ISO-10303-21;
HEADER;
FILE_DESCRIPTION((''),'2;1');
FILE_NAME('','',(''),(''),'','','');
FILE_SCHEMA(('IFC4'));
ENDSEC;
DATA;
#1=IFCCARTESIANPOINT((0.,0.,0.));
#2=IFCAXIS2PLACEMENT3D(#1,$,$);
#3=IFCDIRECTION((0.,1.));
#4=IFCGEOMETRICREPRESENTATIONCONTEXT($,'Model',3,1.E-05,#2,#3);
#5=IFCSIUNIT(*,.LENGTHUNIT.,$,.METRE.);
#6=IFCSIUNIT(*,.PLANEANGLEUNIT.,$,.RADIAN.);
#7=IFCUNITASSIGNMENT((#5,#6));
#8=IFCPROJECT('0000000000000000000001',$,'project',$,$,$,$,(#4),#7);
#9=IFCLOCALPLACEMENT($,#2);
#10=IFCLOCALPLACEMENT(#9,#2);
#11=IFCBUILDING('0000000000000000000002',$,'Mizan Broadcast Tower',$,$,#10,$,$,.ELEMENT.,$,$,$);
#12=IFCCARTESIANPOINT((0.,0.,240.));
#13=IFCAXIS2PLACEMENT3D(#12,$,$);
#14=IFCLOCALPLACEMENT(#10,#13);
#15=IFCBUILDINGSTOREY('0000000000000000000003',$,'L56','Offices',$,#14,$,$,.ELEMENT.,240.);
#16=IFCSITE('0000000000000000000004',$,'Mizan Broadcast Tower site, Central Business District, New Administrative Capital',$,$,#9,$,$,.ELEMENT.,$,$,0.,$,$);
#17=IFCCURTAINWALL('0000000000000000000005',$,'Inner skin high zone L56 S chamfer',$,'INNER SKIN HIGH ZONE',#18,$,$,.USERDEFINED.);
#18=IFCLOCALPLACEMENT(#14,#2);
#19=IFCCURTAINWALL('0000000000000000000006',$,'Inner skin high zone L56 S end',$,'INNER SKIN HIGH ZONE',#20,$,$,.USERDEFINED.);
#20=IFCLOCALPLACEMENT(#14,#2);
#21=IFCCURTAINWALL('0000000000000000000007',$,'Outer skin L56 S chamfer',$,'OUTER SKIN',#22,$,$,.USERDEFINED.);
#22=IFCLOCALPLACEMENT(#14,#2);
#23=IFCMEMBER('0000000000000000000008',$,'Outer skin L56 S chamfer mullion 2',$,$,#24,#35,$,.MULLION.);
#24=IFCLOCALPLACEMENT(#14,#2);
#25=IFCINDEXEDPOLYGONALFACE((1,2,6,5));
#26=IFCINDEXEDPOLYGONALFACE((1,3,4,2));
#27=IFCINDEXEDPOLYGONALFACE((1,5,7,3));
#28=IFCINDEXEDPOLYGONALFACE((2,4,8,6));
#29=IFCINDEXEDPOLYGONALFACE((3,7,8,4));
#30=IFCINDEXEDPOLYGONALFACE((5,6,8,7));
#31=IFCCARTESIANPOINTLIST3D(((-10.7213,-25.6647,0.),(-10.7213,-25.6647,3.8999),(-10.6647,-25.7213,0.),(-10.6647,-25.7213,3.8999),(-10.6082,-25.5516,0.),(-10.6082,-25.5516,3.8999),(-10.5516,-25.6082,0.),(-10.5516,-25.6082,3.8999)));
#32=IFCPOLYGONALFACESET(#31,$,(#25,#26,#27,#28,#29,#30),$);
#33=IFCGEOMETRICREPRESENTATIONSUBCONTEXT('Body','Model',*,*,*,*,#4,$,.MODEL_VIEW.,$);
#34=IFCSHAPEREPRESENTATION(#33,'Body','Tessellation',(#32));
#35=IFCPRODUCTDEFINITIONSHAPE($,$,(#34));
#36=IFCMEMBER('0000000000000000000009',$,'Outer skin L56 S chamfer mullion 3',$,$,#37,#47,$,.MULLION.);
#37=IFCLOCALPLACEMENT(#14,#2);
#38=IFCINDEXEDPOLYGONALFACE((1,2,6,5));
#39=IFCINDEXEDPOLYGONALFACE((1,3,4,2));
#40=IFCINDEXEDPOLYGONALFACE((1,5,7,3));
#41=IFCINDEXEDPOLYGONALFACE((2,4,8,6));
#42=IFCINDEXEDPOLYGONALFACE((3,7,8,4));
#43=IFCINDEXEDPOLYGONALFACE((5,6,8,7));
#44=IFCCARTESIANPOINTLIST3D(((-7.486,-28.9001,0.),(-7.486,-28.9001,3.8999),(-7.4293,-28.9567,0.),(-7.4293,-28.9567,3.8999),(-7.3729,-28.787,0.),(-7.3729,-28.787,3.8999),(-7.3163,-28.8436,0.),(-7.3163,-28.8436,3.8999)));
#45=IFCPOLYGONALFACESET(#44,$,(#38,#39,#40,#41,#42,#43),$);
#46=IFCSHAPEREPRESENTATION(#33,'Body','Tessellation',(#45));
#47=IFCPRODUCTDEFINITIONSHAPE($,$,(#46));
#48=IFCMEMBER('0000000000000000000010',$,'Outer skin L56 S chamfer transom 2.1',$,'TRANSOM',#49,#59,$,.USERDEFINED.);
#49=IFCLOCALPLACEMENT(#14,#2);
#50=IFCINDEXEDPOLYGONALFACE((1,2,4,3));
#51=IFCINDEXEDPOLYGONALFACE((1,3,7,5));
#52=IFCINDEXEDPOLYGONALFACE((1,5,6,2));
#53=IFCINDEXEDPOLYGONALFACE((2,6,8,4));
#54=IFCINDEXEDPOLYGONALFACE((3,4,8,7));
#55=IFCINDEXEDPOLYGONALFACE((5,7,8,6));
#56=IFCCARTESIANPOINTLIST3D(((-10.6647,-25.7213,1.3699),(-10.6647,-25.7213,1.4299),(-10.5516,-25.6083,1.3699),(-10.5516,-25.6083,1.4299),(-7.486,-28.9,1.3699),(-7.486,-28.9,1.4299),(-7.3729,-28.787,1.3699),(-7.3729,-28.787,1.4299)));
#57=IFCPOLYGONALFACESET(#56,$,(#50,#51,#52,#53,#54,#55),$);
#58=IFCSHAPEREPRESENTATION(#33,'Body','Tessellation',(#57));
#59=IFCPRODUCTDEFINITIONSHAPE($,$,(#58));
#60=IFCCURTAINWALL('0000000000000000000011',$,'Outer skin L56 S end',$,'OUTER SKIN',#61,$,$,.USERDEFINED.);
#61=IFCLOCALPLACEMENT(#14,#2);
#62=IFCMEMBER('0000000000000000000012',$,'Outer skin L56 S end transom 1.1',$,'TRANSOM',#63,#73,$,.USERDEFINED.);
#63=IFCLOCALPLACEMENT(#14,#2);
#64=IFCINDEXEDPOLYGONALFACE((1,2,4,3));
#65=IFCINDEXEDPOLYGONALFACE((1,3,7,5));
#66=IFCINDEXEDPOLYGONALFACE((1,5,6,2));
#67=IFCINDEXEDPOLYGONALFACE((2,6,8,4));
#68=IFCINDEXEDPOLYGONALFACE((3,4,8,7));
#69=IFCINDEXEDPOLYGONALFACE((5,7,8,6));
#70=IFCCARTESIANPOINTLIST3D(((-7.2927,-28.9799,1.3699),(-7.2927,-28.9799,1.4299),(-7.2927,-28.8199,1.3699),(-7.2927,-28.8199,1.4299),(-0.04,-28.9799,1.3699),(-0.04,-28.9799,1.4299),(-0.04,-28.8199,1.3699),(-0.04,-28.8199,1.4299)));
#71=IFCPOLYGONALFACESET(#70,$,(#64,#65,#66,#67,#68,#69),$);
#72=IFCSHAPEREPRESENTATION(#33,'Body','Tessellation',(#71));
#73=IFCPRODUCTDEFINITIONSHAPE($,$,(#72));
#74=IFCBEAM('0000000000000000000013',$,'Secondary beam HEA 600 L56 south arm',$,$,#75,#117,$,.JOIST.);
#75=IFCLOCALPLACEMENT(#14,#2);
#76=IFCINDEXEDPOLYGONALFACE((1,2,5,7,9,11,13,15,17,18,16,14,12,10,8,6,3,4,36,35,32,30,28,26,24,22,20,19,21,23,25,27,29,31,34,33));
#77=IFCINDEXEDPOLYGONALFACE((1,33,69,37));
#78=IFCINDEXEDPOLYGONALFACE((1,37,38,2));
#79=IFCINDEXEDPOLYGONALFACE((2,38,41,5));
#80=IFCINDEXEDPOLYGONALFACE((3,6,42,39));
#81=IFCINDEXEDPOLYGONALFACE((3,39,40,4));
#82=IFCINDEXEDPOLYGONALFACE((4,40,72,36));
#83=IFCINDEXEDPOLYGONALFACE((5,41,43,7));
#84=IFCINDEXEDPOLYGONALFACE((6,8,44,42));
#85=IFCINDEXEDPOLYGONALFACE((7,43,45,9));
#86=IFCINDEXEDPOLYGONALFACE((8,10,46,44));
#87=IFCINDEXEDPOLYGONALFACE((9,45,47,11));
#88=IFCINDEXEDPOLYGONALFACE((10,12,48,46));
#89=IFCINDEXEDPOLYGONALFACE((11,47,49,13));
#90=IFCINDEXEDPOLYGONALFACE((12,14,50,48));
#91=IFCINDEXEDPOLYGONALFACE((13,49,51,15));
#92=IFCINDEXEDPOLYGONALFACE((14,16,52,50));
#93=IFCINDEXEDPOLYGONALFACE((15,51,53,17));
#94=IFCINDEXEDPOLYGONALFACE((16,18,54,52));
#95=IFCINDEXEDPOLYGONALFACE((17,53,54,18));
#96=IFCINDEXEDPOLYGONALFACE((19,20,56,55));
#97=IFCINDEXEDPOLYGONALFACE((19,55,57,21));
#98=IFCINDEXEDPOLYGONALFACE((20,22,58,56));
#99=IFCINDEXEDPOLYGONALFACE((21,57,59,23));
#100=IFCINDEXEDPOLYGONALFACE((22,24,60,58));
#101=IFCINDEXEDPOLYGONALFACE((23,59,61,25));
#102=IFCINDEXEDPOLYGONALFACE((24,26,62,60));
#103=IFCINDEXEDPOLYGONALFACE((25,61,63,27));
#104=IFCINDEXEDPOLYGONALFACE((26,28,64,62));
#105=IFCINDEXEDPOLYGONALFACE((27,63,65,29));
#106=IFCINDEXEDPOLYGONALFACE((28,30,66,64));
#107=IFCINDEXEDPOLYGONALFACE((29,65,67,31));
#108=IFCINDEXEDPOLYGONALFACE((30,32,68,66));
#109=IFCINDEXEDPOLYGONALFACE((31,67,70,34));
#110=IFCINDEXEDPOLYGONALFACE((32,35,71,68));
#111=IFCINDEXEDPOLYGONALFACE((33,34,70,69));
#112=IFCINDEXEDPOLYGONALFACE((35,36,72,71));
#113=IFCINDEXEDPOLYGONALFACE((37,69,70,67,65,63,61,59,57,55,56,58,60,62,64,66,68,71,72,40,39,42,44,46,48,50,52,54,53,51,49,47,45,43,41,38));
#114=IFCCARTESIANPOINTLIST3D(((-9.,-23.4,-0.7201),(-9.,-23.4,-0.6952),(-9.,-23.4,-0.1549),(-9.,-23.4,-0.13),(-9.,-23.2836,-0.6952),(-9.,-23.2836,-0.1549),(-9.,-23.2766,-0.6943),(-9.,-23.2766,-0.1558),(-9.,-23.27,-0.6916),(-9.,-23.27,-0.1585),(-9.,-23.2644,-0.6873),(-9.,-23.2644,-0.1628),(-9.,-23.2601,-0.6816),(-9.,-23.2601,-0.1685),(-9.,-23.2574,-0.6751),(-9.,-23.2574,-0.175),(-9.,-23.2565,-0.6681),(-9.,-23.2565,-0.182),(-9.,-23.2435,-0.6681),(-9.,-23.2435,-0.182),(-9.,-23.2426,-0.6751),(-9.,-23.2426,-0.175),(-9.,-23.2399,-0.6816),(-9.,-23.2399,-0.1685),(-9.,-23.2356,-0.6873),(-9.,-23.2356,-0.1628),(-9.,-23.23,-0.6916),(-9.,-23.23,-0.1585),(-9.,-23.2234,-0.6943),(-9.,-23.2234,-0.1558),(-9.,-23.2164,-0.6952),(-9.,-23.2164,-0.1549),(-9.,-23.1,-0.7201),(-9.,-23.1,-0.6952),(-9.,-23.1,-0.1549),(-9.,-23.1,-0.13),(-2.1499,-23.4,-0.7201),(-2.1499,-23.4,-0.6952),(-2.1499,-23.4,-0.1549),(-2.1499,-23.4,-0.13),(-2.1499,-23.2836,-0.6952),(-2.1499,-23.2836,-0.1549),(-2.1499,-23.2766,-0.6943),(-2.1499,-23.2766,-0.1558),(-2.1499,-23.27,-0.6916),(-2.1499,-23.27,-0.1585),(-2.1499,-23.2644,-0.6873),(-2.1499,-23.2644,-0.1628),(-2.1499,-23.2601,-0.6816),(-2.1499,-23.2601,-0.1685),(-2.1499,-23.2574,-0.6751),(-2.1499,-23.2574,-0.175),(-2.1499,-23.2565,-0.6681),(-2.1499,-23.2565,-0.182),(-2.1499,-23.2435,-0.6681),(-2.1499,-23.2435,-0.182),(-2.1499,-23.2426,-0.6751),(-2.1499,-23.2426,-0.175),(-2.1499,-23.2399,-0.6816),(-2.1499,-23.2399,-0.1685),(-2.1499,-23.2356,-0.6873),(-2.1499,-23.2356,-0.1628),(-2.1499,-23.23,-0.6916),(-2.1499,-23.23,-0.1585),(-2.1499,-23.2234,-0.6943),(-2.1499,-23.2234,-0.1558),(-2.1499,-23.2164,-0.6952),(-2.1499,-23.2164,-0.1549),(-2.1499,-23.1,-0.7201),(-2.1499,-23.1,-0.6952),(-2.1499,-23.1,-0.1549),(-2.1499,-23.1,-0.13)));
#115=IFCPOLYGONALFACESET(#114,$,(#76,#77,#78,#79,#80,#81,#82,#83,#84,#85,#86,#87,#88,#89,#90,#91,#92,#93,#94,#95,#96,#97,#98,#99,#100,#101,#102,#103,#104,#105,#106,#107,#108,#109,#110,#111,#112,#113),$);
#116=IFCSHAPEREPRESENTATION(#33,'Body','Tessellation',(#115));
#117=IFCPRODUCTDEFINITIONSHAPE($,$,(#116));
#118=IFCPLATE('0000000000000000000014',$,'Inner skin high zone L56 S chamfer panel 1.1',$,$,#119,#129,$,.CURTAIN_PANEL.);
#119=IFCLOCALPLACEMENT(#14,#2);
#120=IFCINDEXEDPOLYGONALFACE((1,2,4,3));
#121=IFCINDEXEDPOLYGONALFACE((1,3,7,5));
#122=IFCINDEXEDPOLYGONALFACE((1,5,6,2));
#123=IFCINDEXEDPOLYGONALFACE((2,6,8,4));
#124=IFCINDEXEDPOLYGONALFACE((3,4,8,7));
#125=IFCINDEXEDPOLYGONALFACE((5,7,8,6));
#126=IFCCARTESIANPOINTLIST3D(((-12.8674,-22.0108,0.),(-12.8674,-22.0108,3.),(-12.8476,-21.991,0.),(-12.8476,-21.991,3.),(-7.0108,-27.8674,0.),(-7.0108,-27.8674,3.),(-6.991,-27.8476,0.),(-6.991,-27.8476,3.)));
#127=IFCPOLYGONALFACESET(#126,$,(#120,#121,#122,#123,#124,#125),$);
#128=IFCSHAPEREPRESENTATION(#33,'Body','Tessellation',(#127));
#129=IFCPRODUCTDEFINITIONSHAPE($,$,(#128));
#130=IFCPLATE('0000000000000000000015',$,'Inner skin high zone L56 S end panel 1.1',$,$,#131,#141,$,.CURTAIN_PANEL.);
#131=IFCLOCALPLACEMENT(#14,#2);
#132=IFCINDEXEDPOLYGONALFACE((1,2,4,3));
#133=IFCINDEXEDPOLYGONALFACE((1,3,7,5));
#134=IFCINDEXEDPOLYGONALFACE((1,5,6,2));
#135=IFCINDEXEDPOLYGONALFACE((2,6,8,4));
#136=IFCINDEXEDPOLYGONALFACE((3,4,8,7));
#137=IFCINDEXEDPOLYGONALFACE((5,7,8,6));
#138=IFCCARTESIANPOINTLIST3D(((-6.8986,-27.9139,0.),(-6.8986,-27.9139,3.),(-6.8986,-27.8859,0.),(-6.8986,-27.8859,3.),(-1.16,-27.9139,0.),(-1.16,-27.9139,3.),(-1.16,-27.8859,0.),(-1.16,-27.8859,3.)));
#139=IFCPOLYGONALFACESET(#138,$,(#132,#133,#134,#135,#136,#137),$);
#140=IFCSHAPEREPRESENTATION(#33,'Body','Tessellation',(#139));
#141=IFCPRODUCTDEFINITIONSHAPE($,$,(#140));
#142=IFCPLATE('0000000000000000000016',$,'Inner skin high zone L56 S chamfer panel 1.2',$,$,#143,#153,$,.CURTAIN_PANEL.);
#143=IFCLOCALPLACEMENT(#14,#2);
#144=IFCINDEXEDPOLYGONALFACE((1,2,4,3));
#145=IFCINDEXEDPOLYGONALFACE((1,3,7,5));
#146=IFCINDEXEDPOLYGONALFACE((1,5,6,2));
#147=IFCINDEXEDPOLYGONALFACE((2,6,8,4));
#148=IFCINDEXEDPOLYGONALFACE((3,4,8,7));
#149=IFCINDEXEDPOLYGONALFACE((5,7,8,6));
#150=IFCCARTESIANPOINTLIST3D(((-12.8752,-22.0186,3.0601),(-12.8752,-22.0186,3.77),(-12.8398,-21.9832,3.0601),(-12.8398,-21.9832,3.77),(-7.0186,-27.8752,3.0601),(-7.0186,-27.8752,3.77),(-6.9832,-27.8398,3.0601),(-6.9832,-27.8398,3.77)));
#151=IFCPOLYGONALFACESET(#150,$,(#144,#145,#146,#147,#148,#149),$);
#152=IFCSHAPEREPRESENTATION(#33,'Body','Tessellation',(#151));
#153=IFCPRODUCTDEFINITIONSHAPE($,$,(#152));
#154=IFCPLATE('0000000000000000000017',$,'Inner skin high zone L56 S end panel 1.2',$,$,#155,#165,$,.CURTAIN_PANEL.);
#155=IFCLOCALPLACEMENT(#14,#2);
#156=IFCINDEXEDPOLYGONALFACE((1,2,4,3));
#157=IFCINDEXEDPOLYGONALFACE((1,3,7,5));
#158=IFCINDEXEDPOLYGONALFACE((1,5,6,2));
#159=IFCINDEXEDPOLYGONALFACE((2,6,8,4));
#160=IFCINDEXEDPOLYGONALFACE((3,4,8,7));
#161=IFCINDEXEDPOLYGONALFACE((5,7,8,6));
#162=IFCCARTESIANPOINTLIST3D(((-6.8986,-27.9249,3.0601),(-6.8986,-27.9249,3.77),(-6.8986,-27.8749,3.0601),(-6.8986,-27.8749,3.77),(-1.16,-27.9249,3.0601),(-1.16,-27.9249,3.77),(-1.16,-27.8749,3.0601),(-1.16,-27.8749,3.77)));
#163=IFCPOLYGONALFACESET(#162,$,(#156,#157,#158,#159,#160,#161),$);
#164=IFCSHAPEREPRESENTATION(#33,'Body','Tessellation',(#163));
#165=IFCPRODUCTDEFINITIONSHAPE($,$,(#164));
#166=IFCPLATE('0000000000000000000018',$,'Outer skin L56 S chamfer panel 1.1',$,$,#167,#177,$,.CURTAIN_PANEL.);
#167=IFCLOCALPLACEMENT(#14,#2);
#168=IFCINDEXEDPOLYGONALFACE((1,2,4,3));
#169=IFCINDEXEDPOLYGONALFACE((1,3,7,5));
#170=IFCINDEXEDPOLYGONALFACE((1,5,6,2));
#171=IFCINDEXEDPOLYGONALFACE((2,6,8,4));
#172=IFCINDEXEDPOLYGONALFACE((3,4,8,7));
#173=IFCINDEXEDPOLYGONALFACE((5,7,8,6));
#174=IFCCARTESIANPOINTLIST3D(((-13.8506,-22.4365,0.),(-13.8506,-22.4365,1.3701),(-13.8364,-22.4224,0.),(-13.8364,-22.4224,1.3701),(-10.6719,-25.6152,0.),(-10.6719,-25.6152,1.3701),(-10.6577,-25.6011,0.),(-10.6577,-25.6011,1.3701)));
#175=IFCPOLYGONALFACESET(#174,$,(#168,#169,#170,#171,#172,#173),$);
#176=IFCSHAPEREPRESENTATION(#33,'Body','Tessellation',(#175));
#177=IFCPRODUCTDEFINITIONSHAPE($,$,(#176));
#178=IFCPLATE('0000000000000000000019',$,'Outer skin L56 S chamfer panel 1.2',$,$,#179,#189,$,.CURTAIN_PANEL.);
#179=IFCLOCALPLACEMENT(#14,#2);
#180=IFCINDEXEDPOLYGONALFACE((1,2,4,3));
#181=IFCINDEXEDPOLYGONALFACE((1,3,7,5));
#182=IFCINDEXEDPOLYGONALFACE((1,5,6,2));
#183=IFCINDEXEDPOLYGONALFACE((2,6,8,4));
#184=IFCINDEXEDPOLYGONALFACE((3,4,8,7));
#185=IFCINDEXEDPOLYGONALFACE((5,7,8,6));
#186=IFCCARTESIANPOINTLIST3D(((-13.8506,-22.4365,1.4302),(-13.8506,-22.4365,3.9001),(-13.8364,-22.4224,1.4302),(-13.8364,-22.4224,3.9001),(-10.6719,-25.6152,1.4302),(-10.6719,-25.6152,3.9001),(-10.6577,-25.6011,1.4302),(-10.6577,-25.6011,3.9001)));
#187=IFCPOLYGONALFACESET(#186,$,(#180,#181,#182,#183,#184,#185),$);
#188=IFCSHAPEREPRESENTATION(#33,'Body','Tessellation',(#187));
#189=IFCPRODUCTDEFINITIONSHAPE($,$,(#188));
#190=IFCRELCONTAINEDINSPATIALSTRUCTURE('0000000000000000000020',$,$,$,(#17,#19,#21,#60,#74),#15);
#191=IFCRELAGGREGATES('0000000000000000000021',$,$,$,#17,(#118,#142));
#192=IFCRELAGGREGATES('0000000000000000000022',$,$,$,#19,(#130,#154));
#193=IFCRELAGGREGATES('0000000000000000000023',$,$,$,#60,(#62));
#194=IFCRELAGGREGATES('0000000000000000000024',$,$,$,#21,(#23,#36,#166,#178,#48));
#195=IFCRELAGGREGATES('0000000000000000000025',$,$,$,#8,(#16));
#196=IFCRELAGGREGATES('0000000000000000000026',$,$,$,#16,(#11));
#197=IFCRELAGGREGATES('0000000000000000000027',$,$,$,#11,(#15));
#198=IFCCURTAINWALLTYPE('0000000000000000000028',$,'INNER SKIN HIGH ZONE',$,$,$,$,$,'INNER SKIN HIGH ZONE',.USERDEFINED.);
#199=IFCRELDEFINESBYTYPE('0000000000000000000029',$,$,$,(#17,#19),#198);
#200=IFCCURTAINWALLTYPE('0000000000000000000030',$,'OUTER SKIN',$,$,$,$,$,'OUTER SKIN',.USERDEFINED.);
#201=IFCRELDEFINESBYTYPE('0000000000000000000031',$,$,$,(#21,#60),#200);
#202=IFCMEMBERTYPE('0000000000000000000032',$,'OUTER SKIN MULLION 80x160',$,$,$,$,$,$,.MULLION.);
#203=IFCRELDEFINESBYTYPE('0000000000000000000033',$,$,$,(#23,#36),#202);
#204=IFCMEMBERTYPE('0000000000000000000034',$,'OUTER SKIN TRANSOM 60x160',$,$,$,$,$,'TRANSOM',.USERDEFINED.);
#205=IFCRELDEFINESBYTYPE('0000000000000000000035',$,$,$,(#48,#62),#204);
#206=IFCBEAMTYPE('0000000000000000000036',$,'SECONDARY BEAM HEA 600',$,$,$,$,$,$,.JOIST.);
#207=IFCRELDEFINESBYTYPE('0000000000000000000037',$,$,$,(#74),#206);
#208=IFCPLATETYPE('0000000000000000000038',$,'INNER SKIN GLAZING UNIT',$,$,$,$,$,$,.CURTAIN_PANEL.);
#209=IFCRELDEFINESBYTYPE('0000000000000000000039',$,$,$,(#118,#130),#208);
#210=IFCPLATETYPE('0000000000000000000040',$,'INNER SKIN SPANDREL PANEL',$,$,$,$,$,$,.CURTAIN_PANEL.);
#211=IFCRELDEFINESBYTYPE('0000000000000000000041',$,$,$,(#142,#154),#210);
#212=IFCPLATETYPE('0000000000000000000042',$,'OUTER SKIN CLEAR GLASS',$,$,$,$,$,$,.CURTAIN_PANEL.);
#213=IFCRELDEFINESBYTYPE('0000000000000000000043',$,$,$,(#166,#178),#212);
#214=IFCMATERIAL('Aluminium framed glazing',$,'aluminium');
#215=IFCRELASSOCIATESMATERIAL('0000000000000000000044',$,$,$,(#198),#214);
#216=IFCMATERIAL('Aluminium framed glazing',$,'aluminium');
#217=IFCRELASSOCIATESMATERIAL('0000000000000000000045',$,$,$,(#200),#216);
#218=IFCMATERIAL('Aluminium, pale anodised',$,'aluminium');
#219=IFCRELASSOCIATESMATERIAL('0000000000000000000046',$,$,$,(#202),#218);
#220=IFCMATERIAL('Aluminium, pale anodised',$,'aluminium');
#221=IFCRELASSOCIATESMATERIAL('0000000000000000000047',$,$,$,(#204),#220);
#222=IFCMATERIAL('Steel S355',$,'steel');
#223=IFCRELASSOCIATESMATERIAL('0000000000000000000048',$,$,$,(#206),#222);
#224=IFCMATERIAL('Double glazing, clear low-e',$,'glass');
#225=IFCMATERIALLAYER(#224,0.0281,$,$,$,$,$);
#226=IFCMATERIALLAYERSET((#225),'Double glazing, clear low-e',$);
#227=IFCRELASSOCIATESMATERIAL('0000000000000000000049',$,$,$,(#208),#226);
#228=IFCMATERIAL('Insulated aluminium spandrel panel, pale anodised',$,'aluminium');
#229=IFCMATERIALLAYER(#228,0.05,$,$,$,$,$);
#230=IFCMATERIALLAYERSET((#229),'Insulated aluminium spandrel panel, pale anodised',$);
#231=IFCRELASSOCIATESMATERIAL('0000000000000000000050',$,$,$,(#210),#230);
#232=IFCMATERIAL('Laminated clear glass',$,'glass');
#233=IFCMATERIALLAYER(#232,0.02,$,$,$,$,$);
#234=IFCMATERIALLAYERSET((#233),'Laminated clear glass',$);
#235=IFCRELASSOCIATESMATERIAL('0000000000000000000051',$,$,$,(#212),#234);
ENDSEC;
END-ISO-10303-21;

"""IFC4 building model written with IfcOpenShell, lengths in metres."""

from ifc_helpers import new_model, si_unit, direction, frame, origin, origin_2d, place, context, subcontext, project, spatial, rectangle, i_section, extrude, material, layer, layer_set, material_profile, profile_set, type_object, element, aggregate, save


model = new_model("IFC4")

# Units and contexts
model_context = context("Model", 3, precision=1e-05, world=origin(), true_north=direction((0.0, 1.0)))
body_context = subcontext(model_context, "Body", "Model", "MODEL_VIEW")
ifc_project = project(units=[si_unit("LENGTHUNIT", "METRE"), si_unit("PLANEANGLEUNIT", "RADIAN")], contexts=[model_context])

# Site, building, storey
site_placement = place(None, origin())
site = spatial("IfcSite", under=ifc_project, at=site_placement, Name="Mizan Broadcast Tower site, Central Business District, New Administrative Capital", CompositionType="ELEMENT", RefElevation=0.0)
building_placement = place(site_placement, origin())
building = spatial("IfcBuilding", under=site, at=building_placement, Name="Mizan Broadcast Tower", CompositionType="ELEMENT")
storey_placement = place(building_placement, frame((0.0, 0.0, 240.0)))
storey = spatial("IfcBuildingStorey", under=building, at=storey_placement, Name="L56", Description="Offices", CompositionType="ELEMENT", Elevation=240.0)

# Curtain walls
ifc_material_1 = material(Name="Aluminium framed glazing", Category="aluminium")
curtain_wall_type_1 = type_object("IfcCurtainWallType", Name="INNER SKIN HIGH ZONE", ElementType="INNER SKIN HIGH ZONE", PredefinedType="USERDEFINED", material=ifc_material_1)
curtain_wall_1_placement = place(storey_placement, origin())
curtain_wall_1 = element("IfcCurtainWall", 1, at=curtain_wall_1_placement, inside=storey, type_object=curtain_wall_type_1, Name="Inner skin high zone L56 S chamfer", ObjectType="INNER SKIN HIGH ZONE", PredefinedType="USERDEFINED")
curtain_wall_2_placement = place(storey_placement, origin())
curtain_wall_2 = element("IfcCurtainWall", 2, at=curtain_wall_2_placement, inside=storey, type_object=curtain_wall_type_1, Name="Inner skin high zone L56 S end", ObjectType="INNER SKIN HIGH ZONE", PredefinedType="USERDEFINED")

# Curtain wall, members
ifc_material_2 = material(Name="Aluminium framed glazing", Category="aluminium")
curtain_wall_type_2 = type_object("IfcCurtainWallType", Name="OUTER SKIN", ElementType="OUTER SKIN", PredefinedType="USERDEFINED", material=ifc_material_2)
curtain_wall_3_placement = place(storey_placement, origin())
curtain_wall_3 = element("IfcCurtainWall", 3, at=curtain_wall_3_placement, inside=storey, type_object=curtain_wall_type_2, Name="Outer skin L56 S chamfer", ObjectType="OUTER SKIN", PredefinedType="USERDEFINED")
ifc_material_3 = material(Name="Aluminium, pale anodised", Category="aluminium")
ifc_material_profile_1 = material_profile(ifc_material_3, rectangle(XDim=0.1599, YDim=0.0801, at=origin_2d()), Name="MULLION 160x80")
ifc_profile_set_1 = profile_set([ifc_material_profile_1], Name="Aluminium, pale anodised")
member_type_1 = type_object("IfcMemberType", Name="OUTER SKIN MULLION 80x160", PredefinedType="MULLION", material=ifc_profile_set_1)
member_1_placement = place(storey_placement, frame((-10.6365, -25.6365, 0.0), z_axis=(0.0, 0.0, 1.0), x_axis=(0.707107, 0.707107, 0.0)))
member_1 = element("IfcMember", 4, at=member_1_placement, type_object=member_type_1, Name="Outer skin L56 S chamfer mullion 2", PredefinedType="MULLION", context=body_context, shape_type="SweptSolid", body=[
    extrude(rectangle(XDim=0.1599, YDim=0.0801, at=origin_2d()), origin(), (0.0, 0.0, 1.0), 3.8999),
])
member_2_placement = place(storey_placement, frame((-7.4011, -28.8718, 0.0), z_axis=(0.0, 0.0, 1.0), x_axis=(0.707107, 0.707107, 0.0)))
member_2 = element("IfcMember", 5, at=member_2_placement, type_object=member_type_1, Name="Outer skin L56 S chamfer mullion 3", PredefinedType="MULLION", context=body_context, shape_type="SweptSolid", body=[
    extrude(rectangle(XDim=0.1599, YDim=0.0801, at=origin_2d()), origin(), (0.0, 0.0, 1.0), 3.8999),
])
ifc_material_4 = material(Name="Aluminium, pale anodised", Category="aluminium")
ifc_material_profile_2 = material_profile(ifc_material_4, rectangle(XDim=0.1599, YDim=0.0601, at=origin_2d()), Name="TRANSOM 160x60")
ifc_profile_set_2 = profile_set([ifc_material_profile_2], Name="Aluminium, pale anodised")
member_type_2 = type_object("IfcMemberType", Name="OUTER SKIN TRANSOM 60x160", ElementType="TRANSOM", PredefinedType="USERDEFINED", material=ifc_profile_set_2)
member_3_placement = place(storey_placement, frame((-10.6082, -25.6648, 1.3999), z_axis=(0.707107, -0.707107, 0.0), x_axis=(0.707107, 0.707107, 0.0)))
member_3 = element("IfcMember", 6, at=member_3_placement, type_object=member_type_2, Name="Outer skin L56 S chamfer transom 2.1", ObjectType="TRANSOM", PredefinedType="USERDEFINED", context=body_context, shape_type="SweptSolid", body=[
    extrude(rectangle(XDim=0.1599, YDim=0.0601, at=origin_2d()), origin(), (0.0, 0.0, 1.0), 4.4954),
])

# Curtain wall, member
curtain_wall_4_placement = place(storey_placement, origin())
curtain_wall_4 = element("IfcCurtainWall", 7, at=curtain_wall_4_placement, inside=storey, type_object=curtain_wall_type_2, Name="Outer skin L56 S end", ObjectType="OUTER SKIN", PredefinedType="USERDEFINED")
member_4_placement = place(storey_placement, frame((-7.2927, -28.8999, 1.3999), z_axis=(1.0, 0.0, 0.0), x_axis=(0.0, 1.0, 0.0)))
member_4 = element("IfcMember", 8, at=member_4_placement, type_object=member_type_2, Name="Outer skin L56 S end transom 1.1", ObjectType="TRANSOM", PredefinedType="USERDEFINED", context=body_context, shape_type="SweptSolid", body=[
    extrude(rectangle(XDim=0.1599, YDim=0.0601, at=origin_2d()), origin(), (0.0, 0.0, 1.0), 7.2527),
])

# Beam
ifc_material_5 = material(Name="Steel S355", Category="steel")
ifc_material_profile_3 = material_profile(ifc_material_5, i_section(OverallWidth=0.3, OverallDepth=0.5901, WebThickness=0.0129, FlangeThickness=0.0249, FilletRadius=0.0271, at=origin_2d()), Name="HEA 600")
ifc_profile_set_3 = profile_set([ifc_material_profile_3], Name="Steel S355")
beam_type_1 = type_object("IfcBeamType", Name="SECONDARY BEAM HEA 600", PredefinedType="JOIST", material=ifc_profile_set_3)
beam_1_placement = place(storey_placement, frame((-9.0, -23.25, -0.425), z_axis=(1.0, 0.0, 0.0), x_axis=(0.0, 1.0, 0.0)))
element("IfcBeam", 9, at=beam_1_placement, inside=storey, type_object=beam_type_1, Name="Secondary beam HEA 600 L56 south arm", PredefinedType="JOIST", context=body_context, shape_type="SweptSolid", body=[
    extrude(i_section(OverallWidth=0.3, OverallDepth=0.5901, WebThickness=0.0129, FlangeThickness=0.0249, FilletRadius=0.0271, at=origin_2d()), origin(), (0.0, 0.0, 1.0), 6.8501),
])

# Plates
ifc_material_6 = material(Name="Double glazing, clear low-e", Category="glass")
ifc_layer_1 = layer(ifc_material_6, 0.0281)
ifc_layer_set_1 = layer_set([ifc_layer_1], Name="Double glazing, clear low-e")
plate_type_1 = type_object("IfcPlateType", Name="INNER SKIN GLAZING UNIT", PredefinedType="CURTAIN_PANEL", material=ifc_layer_set_1)
plate_1_placement = place(storey_placement, frame((-9.9292, -24.9292, 0.0), z_axis=(0.0, 0.0, 1.0), x_axis=(0.707107, -0.707107, 0.0)))
plate_1 = element("IfcPlate", 10, at=plate_1_placement, type_object=plate_type_1, Name="Inner skin high zone L56 S chamfer panel 1.1", PredefinedType="CURTAIN_PANEL", context=body_context, shape_type="SweptSolid", body=[
    extrude(rectangle(XDim=8.2825, YDim=0.0281, at=origin_2d()), origin(), (0.0, 0.0, 1.0), 3.0),
])
plate_2_placement = place(storey_placement, frame((-4.0293, -27.8999, 0.0), z_axis=(0.0, 0.0, 1.0), x_axis=(1.0, 0.0, 0.0)))
plate_2 = element("IfcPlate", 11, at=plate_2_placement, type_object=plate_type_1, Name="Inner skin high zone L56 S end panel 1.1", PredefinedType="CURTAIN_PANEL", context=body_context, shape_type="SweptSolid", body=[
    extrude(rectangle(XDim=5.7385, YDim=0.0281, at=origin_2d()), origin(), (0.0, 0.0, 1.0), 3.0),
])
ifc_material_7 = material(Name="Insulated aluminium spandrel panel, pale anodised", Category="aluminium")
ifc_layer_2 = layer(ifc_material_7, 0.05)
ifc_layer_set_2 = layer_set([ifc_layer_2], Name="Insulated aluminium spandrel panel, pale anodised")
plate_type_2 = type_object("IfcPlateType", Name="INNER SKIN SPANDREL PANEL", PredefinedType="CURTAIN_PANEL", material=ifc_layer_set_2)
plate_3_placement = place(storey_placement, frame((-9.9292, -24.9292, 3.0601), z_axis=(0.0, 0.0, 1.0), x_axis=(0.707107, -0.707107, 0.0)))
plate_3 = element("IfcPlate", 12, at=plate_3_placement, type_object=plate_type_2, Name="Inner skin high zone L56 S chamfer panel 1.2", PredefinedType="CURTAIN_PANEL", context=body_context, shape_type="SweptSolid", body=[
    extrude(rectangle(XDim=8.2825, YDim=0.05, at=origin_2d()), origin(), (0.0, 0.0, 1.0), 0.71),
])
aggregate(curtain_wall_1, [plate_1, plate_3])
plate_4_placement = place(storey_placement, frame((-4.0293, -27.8999, 3.0601), z_axis=(0.0, 0.0, 1.0), x_axis=(1.0, 0.0, 0.0)))
plate_4 = element("IfcPlate", 13, at=plate_4_placement, type_object=plate_type_2, Name="Inner skin high zone L56 S end panel 1.2", PredefinedType="CURTAIN_PANEL", context=body_context, shape_type="SweptSolid", body=[
    extrude(rectangle(XDim=5.7385, YDim=0.05, at=origin_2d()), origin(), (0.0, 0.0, 1.0), 0.71),
])
aggregate(curtain_wall_2, [plate_2, plate_4])
ifc_material_8 = material(Name="Laminated clear glass", Category="glass")
ifc_layer_3 = layer(ifc_material_8, 0.02)
ifc_layer_set_3 = layer_set([ifc_layer_3], Name="Laminated clear glass")
plate_type_3 = type_object("IfcPlateType", Name="OUTER SKIN CLEAR GLASS", PredefinedType="CURTAIN_PANEL", material=ifc_layer_set_3)
plate_5_placement = place(storey_placement, frame((-12.2542, -24.0188, 0.0), z_axis=(0.0, 0.0, 1.0), x_axis=(0.707107, -0.707107, 0.0)))
plate_5 = element("IfcPlate", 14, at=plate_5_placement, type_object=plate_type_3, Name="Outer skin L56 S chamfer panel 1.1", PredefinedType="CURTAIN_PANEL", context=body_context, shape_type="SweptSolid", body=[
    extrude(rectangle(XDim=4.4954, YDim=0.02, at=origin_2d()), origin(), (0.0, 0.0, 1.0), 1.3701),
])
plate_6_placement = place(storey_placement, frame((-12.2542, -24.0188, 1.4302), z_axis=(0.0, 0.0, 1.0), x_axis=(0.707107, -0.707107, 0.0)))
plate_6 = element("IfcPlate", 15, at=plate_6_placement, type_object=plate_type_3, Name="Outer skin L56 S chamfer panel 1.2", PredefinedType="CURTAIN_PANEL", context=body_context, shape_type="SweptSolid", body=[
    extrude(rectangle(XDim=4.4954, YDim=0.02, at=origin_2d()), origin(), (0.0, 0.0, 1.0), 2.47),
])
aggregate(curtain_wall_4, [member_4])
aggregate(curtain_wall_3, [member_1, member_2, plate_5, plate_6, member_3])

save(model, "model.ifc")
